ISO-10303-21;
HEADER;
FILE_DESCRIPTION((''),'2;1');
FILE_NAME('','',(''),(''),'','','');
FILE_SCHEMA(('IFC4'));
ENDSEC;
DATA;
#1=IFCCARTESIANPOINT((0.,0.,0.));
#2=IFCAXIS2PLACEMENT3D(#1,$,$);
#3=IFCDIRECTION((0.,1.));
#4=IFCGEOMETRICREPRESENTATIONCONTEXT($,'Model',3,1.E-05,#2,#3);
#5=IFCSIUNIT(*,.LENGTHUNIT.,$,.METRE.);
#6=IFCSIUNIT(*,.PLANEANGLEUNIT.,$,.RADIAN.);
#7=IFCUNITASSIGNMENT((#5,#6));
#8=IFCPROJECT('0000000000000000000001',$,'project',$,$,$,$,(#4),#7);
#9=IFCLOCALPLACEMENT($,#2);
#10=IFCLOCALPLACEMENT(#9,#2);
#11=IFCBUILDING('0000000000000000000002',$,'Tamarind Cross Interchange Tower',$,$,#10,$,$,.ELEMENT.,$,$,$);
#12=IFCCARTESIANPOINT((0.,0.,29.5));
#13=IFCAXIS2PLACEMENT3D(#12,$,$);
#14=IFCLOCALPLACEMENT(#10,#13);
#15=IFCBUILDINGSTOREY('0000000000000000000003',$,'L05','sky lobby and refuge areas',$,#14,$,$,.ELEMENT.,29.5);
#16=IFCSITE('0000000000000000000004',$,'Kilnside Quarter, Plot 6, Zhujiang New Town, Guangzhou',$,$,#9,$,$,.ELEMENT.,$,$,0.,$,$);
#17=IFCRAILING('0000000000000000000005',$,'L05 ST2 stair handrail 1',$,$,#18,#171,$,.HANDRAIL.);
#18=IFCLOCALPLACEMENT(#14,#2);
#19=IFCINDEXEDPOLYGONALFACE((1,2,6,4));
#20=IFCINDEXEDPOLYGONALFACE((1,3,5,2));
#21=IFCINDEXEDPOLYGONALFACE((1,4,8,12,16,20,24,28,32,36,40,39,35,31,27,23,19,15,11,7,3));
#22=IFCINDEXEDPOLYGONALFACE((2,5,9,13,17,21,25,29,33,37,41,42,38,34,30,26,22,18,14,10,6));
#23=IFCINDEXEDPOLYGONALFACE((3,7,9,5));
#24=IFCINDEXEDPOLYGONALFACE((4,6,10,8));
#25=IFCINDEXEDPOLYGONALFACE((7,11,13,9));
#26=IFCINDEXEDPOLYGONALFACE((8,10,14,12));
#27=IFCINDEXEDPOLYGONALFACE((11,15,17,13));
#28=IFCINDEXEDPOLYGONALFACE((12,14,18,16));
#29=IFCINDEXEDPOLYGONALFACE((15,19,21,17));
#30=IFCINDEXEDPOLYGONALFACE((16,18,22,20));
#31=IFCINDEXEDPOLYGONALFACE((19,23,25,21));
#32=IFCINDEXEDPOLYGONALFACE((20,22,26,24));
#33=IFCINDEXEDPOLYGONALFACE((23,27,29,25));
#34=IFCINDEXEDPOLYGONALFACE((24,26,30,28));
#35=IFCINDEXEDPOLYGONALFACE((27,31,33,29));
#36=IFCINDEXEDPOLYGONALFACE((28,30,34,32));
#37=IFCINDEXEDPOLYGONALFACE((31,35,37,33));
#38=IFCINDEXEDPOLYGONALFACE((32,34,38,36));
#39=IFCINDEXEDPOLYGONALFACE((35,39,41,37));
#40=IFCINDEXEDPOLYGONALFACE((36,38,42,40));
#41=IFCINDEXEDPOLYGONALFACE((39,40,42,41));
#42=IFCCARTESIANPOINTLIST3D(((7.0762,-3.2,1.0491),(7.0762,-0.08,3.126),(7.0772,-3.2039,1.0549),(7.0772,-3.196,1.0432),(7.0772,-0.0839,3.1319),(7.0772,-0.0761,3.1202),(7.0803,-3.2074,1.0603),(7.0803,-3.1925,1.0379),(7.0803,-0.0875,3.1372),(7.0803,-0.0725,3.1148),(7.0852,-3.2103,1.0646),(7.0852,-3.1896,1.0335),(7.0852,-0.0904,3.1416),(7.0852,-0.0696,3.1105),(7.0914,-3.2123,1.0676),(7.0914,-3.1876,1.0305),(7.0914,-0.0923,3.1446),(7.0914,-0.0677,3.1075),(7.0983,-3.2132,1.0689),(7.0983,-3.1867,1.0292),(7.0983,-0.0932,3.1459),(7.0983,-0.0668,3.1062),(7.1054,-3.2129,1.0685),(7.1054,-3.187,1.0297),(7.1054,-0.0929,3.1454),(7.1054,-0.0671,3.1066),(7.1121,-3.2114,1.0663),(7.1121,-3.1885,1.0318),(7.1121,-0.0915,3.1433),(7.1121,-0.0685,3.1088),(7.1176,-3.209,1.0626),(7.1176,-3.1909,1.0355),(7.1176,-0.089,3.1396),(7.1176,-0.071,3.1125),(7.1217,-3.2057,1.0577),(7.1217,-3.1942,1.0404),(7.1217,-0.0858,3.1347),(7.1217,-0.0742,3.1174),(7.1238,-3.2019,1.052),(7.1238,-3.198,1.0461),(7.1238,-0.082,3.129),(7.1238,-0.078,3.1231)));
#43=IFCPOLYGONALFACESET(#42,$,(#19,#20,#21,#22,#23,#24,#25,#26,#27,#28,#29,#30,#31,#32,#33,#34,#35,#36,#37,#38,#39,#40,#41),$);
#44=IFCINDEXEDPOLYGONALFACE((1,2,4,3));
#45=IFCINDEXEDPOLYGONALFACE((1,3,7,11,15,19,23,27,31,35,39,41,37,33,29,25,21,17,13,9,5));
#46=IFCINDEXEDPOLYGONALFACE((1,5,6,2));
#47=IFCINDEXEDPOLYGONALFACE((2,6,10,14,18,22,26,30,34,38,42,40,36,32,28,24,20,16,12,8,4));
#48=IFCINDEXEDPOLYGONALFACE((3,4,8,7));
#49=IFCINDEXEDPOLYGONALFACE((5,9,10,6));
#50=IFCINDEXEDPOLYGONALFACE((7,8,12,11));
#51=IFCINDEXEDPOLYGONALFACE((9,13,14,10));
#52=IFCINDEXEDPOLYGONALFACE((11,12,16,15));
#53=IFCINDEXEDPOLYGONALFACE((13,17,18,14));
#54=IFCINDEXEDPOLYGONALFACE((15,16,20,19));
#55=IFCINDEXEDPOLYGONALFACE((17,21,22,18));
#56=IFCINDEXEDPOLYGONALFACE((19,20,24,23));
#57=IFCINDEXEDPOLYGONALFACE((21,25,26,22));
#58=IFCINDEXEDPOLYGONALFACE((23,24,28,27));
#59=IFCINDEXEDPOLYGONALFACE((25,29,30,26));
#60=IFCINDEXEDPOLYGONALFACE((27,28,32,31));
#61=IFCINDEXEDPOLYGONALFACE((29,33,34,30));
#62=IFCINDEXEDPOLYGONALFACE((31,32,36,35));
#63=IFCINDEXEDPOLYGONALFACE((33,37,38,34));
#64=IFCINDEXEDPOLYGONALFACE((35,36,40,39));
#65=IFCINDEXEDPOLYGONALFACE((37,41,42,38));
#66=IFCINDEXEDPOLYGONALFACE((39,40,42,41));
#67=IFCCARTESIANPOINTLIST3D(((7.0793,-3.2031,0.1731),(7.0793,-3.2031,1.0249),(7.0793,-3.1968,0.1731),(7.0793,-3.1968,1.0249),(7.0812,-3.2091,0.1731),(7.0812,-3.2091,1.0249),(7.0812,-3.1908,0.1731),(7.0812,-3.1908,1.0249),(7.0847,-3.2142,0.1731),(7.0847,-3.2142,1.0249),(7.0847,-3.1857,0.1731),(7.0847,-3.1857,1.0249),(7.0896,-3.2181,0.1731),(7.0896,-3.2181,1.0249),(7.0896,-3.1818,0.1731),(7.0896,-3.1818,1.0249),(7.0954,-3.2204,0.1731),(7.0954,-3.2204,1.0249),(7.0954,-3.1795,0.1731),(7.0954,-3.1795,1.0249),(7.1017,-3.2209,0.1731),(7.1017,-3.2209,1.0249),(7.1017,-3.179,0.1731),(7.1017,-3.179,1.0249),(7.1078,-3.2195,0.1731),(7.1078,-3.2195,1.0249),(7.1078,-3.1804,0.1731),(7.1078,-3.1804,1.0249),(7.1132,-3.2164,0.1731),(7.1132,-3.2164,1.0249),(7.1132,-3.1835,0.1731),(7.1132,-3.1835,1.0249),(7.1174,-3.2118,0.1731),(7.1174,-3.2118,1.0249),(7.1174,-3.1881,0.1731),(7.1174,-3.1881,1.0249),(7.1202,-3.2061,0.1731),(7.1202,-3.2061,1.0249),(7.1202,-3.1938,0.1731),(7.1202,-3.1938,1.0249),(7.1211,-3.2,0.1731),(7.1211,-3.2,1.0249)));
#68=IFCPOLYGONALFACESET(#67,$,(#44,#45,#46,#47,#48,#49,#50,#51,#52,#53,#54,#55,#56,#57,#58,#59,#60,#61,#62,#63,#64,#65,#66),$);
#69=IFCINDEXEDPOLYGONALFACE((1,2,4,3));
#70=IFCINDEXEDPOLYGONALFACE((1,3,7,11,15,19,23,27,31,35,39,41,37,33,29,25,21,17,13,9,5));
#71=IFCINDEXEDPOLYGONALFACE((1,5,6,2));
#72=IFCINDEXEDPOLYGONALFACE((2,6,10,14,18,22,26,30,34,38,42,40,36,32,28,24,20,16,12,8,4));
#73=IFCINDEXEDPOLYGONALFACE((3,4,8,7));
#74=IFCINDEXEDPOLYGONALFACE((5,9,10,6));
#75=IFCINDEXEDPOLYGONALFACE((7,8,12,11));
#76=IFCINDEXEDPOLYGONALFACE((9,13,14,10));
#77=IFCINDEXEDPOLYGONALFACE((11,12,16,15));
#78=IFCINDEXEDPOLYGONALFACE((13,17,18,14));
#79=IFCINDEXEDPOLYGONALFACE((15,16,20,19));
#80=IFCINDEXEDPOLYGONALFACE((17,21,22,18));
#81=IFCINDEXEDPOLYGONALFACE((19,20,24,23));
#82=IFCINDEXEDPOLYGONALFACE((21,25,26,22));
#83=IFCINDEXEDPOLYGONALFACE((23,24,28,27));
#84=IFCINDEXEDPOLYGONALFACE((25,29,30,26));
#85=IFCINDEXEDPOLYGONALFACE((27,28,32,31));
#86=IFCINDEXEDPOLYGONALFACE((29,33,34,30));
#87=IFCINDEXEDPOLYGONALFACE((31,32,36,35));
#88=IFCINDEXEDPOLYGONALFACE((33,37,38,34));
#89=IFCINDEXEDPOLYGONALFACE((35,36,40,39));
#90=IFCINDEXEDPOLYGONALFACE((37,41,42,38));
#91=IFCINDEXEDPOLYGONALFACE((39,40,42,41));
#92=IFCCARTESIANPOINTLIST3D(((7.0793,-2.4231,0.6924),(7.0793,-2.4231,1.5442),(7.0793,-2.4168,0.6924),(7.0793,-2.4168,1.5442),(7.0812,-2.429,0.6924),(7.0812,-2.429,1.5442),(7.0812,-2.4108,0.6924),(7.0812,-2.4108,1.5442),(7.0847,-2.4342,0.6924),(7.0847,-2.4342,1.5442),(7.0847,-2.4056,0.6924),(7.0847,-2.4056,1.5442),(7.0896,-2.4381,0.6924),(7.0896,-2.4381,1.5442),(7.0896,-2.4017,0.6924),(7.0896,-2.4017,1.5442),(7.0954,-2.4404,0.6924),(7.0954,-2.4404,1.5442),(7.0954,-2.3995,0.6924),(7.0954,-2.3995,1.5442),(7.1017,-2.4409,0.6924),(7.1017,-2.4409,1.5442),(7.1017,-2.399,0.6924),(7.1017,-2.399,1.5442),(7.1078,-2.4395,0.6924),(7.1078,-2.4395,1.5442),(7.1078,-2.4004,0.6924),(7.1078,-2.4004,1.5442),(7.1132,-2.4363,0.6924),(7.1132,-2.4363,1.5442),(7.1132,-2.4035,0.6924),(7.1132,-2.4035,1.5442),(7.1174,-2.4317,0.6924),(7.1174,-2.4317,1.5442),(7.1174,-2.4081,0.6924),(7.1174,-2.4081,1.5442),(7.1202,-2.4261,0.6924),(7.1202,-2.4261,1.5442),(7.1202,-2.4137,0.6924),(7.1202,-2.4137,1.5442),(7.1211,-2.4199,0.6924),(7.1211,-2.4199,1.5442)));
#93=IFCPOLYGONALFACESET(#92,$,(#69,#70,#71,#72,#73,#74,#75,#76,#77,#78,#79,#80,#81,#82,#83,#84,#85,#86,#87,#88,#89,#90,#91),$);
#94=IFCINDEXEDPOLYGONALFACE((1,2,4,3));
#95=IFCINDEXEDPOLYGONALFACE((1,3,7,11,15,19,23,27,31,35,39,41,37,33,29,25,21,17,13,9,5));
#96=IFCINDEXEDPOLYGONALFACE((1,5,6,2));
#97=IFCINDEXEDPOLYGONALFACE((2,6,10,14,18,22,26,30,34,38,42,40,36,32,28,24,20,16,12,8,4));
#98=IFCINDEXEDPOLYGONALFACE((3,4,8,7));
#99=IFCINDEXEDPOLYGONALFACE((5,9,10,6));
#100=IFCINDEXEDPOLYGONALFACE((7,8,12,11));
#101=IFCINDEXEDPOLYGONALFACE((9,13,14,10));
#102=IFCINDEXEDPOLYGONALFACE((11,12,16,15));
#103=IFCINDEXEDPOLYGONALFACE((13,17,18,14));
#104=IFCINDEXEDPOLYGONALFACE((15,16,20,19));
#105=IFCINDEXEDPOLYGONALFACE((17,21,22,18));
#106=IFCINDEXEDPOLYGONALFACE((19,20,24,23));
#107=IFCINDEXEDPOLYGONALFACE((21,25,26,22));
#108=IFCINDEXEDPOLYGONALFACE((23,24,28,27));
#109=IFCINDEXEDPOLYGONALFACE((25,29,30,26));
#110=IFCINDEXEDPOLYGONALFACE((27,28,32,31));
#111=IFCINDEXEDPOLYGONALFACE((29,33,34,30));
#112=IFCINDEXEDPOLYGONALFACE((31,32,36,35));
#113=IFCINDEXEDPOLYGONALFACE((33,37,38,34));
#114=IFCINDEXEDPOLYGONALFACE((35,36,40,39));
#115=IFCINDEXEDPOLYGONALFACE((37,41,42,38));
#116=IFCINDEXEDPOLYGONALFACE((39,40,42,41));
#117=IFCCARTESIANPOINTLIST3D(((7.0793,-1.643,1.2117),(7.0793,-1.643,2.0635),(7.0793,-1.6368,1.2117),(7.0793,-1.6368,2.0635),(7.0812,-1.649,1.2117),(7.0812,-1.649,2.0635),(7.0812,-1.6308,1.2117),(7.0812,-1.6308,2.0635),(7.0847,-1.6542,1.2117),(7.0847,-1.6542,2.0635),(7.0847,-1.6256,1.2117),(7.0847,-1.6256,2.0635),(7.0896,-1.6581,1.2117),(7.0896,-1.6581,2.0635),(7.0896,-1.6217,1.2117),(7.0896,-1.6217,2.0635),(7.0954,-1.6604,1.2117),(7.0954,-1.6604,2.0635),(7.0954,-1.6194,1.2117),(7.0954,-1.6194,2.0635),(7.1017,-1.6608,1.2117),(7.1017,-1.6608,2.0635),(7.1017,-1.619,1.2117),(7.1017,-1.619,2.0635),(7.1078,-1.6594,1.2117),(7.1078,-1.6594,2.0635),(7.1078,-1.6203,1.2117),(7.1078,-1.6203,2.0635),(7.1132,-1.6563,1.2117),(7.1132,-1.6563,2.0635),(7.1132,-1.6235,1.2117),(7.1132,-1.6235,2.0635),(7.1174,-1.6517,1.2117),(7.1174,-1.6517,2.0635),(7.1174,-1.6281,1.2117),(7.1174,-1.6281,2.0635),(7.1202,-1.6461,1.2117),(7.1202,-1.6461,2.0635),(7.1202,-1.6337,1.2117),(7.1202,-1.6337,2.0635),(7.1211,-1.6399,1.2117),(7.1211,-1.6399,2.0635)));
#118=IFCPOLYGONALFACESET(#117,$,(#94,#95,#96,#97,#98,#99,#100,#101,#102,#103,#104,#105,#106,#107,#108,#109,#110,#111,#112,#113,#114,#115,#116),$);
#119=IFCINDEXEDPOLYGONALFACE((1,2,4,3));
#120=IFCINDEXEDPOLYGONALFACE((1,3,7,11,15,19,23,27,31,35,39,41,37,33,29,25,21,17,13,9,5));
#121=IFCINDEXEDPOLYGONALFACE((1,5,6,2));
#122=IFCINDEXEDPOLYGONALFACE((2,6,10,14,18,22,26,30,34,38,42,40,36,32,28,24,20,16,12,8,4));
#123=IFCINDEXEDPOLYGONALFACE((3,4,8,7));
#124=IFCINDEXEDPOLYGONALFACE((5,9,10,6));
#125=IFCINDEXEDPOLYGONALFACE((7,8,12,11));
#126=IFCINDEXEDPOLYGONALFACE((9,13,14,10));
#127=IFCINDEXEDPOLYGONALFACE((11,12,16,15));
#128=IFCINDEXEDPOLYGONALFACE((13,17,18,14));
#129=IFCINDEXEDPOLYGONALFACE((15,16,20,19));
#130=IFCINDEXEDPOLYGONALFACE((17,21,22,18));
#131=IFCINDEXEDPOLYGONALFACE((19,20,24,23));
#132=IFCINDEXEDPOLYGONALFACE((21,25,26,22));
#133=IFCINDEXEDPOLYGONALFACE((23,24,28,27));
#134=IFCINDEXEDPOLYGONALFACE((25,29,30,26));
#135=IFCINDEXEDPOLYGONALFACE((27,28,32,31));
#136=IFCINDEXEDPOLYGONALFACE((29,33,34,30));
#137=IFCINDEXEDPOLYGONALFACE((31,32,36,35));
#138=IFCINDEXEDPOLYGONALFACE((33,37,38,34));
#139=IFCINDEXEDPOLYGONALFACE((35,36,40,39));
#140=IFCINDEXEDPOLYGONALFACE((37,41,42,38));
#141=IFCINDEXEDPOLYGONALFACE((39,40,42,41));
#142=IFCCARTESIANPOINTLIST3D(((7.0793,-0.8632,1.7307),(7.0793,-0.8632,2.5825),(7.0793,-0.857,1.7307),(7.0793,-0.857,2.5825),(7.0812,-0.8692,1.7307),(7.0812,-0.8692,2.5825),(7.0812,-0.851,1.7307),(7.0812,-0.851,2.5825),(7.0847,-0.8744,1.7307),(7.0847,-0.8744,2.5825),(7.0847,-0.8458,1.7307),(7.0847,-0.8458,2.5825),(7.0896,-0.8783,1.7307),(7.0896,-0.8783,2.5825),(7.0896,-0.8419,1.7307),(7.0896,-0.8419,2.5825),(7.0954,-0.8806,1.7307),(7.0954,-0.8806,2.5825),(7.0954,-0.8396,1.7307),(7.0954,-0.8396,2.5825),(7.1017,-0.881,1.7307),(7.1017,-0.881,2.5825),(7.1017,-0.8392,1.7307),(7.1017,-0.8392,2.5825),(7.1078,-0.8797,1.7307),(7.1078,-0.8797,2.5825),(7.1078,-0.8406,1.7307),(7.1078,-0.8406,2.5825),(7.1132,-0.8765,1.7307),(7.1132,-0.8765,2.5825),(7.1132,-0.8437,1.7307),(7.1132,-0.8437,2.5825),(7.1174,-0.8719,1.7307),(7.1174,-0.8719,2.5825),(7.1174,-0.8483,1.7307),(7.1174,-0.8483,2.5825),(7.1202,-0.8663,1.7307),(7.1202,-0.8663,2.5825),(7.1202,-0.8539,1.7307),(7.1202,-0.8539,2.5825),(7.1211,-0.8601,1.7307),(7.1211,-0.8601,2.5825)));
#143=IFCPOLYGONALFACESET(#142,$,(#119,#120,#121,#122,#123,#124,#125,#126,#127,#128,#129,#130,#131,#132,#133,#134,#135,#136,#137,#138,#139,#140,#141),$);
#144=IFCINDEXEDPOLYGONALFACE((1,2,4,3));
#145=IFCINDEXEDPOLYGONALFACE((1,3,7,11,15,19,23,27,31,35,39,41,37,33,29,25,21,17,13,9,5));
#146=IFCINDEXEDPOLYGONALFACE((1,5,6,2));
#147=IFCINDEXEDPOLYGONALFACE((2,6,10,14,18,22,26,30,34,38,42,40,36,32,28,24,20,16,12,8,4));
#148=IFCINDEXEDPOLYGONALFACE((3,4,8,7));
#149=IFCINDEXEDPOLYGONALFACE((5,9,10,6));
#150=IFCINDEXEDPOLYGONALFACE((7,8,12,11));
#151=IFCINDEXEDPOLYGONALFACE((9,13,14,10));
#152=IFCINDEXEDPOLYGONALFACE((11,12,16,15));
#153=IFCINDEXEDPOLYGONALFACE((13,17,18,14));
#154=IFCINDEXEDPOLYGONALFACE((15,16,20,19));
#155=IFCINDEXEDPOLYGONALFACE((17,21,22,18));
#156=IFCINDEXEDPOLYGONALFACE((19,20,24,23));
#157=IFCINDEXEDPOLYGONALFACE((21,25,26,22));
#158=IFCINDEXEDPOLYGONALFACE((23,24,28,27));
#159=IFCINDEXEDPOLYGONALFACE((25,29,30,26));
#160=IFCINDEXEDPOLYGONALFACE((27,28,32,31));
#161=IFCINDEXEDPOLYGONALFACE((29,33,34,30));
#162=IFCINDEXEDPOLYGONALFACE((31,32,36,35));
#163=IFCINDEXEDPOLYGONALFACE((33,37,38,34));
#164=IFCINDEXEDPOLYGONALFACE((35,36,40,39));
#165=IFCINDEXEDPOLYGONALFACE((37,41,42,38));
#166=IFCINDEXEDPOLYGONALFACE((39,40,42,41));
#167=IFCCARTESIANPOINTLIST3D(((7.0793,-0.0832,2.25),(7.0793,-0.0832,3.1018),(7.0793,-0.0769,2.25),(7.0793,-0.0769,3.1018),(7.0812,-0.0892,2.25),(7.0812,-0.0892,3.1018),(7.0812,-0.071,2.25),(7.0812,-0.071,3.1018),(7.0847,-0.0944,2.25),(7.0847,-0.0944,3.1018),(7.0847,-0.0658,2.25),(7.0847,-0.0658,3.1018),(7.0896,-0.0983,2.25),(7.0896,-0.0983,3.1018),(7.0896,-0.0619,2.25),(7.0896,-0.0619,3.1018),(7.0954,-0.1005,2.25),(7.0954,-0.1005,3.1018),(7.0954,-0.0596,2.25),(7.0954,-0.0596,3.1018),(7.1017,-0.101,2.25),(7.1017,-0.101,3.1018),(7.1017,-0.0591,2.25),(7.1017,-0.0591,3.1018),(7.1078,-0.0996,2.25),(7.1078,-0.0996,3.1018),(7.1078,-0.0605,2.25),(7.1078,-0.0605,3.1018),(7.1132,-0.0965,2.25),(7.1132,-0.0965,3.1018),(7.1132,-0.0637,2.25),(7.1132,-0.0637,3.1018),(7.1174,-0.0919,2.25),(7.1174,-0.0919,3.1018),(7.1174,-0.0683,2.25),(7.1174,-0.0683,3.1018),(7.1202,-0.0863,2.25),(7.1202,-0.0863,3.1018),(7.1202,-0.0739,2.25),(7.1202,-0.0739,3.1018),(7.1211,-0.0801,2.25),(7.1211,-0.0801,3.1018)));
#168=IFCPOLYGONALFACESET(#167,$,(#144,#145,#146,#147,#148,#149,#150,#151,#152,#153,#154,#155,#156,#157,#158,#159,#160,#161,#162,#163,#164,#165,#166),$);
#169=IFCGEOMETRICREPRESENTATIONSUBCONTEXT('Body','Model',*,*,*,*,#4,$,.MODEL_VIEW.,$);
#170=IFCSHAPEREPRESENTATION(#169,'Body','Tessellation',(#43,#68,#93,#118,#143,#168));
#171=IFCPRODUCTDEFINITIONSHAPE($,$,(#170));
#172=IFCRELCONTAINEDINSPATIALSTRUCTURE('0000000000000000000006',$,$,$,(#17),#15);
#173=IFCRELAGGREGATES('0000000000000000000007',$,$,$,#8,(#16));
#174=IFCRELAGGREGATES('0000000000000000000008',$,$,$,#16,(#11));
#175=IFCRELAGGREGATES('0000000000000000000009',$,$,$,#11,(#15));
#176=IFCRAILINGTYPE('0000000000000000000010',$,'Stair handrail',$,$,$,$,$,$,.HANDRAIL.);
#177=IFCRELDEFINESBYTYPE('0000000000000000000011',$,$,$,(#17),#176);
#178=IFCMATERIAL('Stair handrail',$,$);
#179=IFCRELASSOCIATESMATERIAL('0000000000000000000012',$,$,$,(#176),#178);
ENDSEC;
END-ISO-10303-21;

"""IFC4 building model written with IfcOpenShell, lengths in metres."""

from ifc_helpers import new_model, si_unit, direction, frame, origin, origin_2d, place, context, subcontext, project, spatial, circle, extrude, material, type_object, element, save


model = new_model("IFC4")

# Units and contexts
model_context = context("Model", 3, precision=1e-05, world=origin(), true_north=direction((0.0, 1.0)))
body_context = subcontext(model_context, "Body", "Model", "MODEL_VIEW")
ifc_project = project(units=[si_unit("LENGTHUNIT", "METRE"), si_unit("PLANEANGLEUNIT", "RADIAN")], contexts=[model_context])

# Site, building, storey
site_placement = place(None, origin())
site = spatial("IfcSite", under=ifc_project, at=site_placement, Name="Kilnside Quarter, Plot 6, Zhujiang New Town, Guangzhou", CompositionType="ELEMENT", RefElevation=0.0)
building_placement = place(site_placement, origin())
building = spatial("IfcBuilding", under=site, at=building_placement, Name="Tamarind Cross Interchange Tower", CompositionType="ELEMENT")
storey_placement = place(building_placement, frame((0.0, 0.0, 29.5)))
storey = spatial("IfcBuildingStorey", under=building, at=storey_placement, Name="L05", Description="sky lobby and refuge areas", CompositionType="ELEMENT", Elevation=29.5)

# Railing
ifc_material_1 = material(Name="Stair handrail")
railing_type_1 = type_object("IfcRailingType", Name="Stair handrail", PredefinedType="HANDRAIL", material=ifc_material_1)
railing_1_placement = place(storey_placement, frame((7.1001, -3.2, 0.1731)))
element("IfcRailing", 1, at=railing_1_placement, inside=storey, type_object=railing_type_1, Name="L05 ST2 stair handrail 1", PredefinedType="HANDRAIL", context=body_context, shape_type="SweptSolid", body=[
    extrude(circle(Radius=0.0239, at=origin_2d()), frame((0.0, 0.0, 0.876), z_axis=(0.0, 0.832421, 0.554144), x_axis=(-1.0, 0.0, 0.0)), (0.0, 0.0, 1.0), 3.748),
    extrude(circle(Radius=0.021, at=origin_2d()), origin(), (0.0, 0.0, 1.0), 0.8518),
    extrude(circle(Radius=0.021, at=origin_2d()), frame((0.0, 0.78, 0.5193)), (0.0, 0.0, 1.0), 0.8518),
    extrude(circle(Radius=0.021, at=origin_2d()), frame((0.0, 1.5601, 1.0386)), (0.0, 0.0, 1.0), 0.8518),
    extrude(circle(Radius=0.021, at=origin_2d()), frame((0.0, 2.3398, 1.5576)), (0.0, 0.0, 1.0), 0.8518),
    extrude(circle(Radius=0.021, at=origin_2d()), frame((0.0, 3.1199, 2.0769)), (0.0, 0.0, 1.0), 0.8518),
])

save(model, "model.ifc")
